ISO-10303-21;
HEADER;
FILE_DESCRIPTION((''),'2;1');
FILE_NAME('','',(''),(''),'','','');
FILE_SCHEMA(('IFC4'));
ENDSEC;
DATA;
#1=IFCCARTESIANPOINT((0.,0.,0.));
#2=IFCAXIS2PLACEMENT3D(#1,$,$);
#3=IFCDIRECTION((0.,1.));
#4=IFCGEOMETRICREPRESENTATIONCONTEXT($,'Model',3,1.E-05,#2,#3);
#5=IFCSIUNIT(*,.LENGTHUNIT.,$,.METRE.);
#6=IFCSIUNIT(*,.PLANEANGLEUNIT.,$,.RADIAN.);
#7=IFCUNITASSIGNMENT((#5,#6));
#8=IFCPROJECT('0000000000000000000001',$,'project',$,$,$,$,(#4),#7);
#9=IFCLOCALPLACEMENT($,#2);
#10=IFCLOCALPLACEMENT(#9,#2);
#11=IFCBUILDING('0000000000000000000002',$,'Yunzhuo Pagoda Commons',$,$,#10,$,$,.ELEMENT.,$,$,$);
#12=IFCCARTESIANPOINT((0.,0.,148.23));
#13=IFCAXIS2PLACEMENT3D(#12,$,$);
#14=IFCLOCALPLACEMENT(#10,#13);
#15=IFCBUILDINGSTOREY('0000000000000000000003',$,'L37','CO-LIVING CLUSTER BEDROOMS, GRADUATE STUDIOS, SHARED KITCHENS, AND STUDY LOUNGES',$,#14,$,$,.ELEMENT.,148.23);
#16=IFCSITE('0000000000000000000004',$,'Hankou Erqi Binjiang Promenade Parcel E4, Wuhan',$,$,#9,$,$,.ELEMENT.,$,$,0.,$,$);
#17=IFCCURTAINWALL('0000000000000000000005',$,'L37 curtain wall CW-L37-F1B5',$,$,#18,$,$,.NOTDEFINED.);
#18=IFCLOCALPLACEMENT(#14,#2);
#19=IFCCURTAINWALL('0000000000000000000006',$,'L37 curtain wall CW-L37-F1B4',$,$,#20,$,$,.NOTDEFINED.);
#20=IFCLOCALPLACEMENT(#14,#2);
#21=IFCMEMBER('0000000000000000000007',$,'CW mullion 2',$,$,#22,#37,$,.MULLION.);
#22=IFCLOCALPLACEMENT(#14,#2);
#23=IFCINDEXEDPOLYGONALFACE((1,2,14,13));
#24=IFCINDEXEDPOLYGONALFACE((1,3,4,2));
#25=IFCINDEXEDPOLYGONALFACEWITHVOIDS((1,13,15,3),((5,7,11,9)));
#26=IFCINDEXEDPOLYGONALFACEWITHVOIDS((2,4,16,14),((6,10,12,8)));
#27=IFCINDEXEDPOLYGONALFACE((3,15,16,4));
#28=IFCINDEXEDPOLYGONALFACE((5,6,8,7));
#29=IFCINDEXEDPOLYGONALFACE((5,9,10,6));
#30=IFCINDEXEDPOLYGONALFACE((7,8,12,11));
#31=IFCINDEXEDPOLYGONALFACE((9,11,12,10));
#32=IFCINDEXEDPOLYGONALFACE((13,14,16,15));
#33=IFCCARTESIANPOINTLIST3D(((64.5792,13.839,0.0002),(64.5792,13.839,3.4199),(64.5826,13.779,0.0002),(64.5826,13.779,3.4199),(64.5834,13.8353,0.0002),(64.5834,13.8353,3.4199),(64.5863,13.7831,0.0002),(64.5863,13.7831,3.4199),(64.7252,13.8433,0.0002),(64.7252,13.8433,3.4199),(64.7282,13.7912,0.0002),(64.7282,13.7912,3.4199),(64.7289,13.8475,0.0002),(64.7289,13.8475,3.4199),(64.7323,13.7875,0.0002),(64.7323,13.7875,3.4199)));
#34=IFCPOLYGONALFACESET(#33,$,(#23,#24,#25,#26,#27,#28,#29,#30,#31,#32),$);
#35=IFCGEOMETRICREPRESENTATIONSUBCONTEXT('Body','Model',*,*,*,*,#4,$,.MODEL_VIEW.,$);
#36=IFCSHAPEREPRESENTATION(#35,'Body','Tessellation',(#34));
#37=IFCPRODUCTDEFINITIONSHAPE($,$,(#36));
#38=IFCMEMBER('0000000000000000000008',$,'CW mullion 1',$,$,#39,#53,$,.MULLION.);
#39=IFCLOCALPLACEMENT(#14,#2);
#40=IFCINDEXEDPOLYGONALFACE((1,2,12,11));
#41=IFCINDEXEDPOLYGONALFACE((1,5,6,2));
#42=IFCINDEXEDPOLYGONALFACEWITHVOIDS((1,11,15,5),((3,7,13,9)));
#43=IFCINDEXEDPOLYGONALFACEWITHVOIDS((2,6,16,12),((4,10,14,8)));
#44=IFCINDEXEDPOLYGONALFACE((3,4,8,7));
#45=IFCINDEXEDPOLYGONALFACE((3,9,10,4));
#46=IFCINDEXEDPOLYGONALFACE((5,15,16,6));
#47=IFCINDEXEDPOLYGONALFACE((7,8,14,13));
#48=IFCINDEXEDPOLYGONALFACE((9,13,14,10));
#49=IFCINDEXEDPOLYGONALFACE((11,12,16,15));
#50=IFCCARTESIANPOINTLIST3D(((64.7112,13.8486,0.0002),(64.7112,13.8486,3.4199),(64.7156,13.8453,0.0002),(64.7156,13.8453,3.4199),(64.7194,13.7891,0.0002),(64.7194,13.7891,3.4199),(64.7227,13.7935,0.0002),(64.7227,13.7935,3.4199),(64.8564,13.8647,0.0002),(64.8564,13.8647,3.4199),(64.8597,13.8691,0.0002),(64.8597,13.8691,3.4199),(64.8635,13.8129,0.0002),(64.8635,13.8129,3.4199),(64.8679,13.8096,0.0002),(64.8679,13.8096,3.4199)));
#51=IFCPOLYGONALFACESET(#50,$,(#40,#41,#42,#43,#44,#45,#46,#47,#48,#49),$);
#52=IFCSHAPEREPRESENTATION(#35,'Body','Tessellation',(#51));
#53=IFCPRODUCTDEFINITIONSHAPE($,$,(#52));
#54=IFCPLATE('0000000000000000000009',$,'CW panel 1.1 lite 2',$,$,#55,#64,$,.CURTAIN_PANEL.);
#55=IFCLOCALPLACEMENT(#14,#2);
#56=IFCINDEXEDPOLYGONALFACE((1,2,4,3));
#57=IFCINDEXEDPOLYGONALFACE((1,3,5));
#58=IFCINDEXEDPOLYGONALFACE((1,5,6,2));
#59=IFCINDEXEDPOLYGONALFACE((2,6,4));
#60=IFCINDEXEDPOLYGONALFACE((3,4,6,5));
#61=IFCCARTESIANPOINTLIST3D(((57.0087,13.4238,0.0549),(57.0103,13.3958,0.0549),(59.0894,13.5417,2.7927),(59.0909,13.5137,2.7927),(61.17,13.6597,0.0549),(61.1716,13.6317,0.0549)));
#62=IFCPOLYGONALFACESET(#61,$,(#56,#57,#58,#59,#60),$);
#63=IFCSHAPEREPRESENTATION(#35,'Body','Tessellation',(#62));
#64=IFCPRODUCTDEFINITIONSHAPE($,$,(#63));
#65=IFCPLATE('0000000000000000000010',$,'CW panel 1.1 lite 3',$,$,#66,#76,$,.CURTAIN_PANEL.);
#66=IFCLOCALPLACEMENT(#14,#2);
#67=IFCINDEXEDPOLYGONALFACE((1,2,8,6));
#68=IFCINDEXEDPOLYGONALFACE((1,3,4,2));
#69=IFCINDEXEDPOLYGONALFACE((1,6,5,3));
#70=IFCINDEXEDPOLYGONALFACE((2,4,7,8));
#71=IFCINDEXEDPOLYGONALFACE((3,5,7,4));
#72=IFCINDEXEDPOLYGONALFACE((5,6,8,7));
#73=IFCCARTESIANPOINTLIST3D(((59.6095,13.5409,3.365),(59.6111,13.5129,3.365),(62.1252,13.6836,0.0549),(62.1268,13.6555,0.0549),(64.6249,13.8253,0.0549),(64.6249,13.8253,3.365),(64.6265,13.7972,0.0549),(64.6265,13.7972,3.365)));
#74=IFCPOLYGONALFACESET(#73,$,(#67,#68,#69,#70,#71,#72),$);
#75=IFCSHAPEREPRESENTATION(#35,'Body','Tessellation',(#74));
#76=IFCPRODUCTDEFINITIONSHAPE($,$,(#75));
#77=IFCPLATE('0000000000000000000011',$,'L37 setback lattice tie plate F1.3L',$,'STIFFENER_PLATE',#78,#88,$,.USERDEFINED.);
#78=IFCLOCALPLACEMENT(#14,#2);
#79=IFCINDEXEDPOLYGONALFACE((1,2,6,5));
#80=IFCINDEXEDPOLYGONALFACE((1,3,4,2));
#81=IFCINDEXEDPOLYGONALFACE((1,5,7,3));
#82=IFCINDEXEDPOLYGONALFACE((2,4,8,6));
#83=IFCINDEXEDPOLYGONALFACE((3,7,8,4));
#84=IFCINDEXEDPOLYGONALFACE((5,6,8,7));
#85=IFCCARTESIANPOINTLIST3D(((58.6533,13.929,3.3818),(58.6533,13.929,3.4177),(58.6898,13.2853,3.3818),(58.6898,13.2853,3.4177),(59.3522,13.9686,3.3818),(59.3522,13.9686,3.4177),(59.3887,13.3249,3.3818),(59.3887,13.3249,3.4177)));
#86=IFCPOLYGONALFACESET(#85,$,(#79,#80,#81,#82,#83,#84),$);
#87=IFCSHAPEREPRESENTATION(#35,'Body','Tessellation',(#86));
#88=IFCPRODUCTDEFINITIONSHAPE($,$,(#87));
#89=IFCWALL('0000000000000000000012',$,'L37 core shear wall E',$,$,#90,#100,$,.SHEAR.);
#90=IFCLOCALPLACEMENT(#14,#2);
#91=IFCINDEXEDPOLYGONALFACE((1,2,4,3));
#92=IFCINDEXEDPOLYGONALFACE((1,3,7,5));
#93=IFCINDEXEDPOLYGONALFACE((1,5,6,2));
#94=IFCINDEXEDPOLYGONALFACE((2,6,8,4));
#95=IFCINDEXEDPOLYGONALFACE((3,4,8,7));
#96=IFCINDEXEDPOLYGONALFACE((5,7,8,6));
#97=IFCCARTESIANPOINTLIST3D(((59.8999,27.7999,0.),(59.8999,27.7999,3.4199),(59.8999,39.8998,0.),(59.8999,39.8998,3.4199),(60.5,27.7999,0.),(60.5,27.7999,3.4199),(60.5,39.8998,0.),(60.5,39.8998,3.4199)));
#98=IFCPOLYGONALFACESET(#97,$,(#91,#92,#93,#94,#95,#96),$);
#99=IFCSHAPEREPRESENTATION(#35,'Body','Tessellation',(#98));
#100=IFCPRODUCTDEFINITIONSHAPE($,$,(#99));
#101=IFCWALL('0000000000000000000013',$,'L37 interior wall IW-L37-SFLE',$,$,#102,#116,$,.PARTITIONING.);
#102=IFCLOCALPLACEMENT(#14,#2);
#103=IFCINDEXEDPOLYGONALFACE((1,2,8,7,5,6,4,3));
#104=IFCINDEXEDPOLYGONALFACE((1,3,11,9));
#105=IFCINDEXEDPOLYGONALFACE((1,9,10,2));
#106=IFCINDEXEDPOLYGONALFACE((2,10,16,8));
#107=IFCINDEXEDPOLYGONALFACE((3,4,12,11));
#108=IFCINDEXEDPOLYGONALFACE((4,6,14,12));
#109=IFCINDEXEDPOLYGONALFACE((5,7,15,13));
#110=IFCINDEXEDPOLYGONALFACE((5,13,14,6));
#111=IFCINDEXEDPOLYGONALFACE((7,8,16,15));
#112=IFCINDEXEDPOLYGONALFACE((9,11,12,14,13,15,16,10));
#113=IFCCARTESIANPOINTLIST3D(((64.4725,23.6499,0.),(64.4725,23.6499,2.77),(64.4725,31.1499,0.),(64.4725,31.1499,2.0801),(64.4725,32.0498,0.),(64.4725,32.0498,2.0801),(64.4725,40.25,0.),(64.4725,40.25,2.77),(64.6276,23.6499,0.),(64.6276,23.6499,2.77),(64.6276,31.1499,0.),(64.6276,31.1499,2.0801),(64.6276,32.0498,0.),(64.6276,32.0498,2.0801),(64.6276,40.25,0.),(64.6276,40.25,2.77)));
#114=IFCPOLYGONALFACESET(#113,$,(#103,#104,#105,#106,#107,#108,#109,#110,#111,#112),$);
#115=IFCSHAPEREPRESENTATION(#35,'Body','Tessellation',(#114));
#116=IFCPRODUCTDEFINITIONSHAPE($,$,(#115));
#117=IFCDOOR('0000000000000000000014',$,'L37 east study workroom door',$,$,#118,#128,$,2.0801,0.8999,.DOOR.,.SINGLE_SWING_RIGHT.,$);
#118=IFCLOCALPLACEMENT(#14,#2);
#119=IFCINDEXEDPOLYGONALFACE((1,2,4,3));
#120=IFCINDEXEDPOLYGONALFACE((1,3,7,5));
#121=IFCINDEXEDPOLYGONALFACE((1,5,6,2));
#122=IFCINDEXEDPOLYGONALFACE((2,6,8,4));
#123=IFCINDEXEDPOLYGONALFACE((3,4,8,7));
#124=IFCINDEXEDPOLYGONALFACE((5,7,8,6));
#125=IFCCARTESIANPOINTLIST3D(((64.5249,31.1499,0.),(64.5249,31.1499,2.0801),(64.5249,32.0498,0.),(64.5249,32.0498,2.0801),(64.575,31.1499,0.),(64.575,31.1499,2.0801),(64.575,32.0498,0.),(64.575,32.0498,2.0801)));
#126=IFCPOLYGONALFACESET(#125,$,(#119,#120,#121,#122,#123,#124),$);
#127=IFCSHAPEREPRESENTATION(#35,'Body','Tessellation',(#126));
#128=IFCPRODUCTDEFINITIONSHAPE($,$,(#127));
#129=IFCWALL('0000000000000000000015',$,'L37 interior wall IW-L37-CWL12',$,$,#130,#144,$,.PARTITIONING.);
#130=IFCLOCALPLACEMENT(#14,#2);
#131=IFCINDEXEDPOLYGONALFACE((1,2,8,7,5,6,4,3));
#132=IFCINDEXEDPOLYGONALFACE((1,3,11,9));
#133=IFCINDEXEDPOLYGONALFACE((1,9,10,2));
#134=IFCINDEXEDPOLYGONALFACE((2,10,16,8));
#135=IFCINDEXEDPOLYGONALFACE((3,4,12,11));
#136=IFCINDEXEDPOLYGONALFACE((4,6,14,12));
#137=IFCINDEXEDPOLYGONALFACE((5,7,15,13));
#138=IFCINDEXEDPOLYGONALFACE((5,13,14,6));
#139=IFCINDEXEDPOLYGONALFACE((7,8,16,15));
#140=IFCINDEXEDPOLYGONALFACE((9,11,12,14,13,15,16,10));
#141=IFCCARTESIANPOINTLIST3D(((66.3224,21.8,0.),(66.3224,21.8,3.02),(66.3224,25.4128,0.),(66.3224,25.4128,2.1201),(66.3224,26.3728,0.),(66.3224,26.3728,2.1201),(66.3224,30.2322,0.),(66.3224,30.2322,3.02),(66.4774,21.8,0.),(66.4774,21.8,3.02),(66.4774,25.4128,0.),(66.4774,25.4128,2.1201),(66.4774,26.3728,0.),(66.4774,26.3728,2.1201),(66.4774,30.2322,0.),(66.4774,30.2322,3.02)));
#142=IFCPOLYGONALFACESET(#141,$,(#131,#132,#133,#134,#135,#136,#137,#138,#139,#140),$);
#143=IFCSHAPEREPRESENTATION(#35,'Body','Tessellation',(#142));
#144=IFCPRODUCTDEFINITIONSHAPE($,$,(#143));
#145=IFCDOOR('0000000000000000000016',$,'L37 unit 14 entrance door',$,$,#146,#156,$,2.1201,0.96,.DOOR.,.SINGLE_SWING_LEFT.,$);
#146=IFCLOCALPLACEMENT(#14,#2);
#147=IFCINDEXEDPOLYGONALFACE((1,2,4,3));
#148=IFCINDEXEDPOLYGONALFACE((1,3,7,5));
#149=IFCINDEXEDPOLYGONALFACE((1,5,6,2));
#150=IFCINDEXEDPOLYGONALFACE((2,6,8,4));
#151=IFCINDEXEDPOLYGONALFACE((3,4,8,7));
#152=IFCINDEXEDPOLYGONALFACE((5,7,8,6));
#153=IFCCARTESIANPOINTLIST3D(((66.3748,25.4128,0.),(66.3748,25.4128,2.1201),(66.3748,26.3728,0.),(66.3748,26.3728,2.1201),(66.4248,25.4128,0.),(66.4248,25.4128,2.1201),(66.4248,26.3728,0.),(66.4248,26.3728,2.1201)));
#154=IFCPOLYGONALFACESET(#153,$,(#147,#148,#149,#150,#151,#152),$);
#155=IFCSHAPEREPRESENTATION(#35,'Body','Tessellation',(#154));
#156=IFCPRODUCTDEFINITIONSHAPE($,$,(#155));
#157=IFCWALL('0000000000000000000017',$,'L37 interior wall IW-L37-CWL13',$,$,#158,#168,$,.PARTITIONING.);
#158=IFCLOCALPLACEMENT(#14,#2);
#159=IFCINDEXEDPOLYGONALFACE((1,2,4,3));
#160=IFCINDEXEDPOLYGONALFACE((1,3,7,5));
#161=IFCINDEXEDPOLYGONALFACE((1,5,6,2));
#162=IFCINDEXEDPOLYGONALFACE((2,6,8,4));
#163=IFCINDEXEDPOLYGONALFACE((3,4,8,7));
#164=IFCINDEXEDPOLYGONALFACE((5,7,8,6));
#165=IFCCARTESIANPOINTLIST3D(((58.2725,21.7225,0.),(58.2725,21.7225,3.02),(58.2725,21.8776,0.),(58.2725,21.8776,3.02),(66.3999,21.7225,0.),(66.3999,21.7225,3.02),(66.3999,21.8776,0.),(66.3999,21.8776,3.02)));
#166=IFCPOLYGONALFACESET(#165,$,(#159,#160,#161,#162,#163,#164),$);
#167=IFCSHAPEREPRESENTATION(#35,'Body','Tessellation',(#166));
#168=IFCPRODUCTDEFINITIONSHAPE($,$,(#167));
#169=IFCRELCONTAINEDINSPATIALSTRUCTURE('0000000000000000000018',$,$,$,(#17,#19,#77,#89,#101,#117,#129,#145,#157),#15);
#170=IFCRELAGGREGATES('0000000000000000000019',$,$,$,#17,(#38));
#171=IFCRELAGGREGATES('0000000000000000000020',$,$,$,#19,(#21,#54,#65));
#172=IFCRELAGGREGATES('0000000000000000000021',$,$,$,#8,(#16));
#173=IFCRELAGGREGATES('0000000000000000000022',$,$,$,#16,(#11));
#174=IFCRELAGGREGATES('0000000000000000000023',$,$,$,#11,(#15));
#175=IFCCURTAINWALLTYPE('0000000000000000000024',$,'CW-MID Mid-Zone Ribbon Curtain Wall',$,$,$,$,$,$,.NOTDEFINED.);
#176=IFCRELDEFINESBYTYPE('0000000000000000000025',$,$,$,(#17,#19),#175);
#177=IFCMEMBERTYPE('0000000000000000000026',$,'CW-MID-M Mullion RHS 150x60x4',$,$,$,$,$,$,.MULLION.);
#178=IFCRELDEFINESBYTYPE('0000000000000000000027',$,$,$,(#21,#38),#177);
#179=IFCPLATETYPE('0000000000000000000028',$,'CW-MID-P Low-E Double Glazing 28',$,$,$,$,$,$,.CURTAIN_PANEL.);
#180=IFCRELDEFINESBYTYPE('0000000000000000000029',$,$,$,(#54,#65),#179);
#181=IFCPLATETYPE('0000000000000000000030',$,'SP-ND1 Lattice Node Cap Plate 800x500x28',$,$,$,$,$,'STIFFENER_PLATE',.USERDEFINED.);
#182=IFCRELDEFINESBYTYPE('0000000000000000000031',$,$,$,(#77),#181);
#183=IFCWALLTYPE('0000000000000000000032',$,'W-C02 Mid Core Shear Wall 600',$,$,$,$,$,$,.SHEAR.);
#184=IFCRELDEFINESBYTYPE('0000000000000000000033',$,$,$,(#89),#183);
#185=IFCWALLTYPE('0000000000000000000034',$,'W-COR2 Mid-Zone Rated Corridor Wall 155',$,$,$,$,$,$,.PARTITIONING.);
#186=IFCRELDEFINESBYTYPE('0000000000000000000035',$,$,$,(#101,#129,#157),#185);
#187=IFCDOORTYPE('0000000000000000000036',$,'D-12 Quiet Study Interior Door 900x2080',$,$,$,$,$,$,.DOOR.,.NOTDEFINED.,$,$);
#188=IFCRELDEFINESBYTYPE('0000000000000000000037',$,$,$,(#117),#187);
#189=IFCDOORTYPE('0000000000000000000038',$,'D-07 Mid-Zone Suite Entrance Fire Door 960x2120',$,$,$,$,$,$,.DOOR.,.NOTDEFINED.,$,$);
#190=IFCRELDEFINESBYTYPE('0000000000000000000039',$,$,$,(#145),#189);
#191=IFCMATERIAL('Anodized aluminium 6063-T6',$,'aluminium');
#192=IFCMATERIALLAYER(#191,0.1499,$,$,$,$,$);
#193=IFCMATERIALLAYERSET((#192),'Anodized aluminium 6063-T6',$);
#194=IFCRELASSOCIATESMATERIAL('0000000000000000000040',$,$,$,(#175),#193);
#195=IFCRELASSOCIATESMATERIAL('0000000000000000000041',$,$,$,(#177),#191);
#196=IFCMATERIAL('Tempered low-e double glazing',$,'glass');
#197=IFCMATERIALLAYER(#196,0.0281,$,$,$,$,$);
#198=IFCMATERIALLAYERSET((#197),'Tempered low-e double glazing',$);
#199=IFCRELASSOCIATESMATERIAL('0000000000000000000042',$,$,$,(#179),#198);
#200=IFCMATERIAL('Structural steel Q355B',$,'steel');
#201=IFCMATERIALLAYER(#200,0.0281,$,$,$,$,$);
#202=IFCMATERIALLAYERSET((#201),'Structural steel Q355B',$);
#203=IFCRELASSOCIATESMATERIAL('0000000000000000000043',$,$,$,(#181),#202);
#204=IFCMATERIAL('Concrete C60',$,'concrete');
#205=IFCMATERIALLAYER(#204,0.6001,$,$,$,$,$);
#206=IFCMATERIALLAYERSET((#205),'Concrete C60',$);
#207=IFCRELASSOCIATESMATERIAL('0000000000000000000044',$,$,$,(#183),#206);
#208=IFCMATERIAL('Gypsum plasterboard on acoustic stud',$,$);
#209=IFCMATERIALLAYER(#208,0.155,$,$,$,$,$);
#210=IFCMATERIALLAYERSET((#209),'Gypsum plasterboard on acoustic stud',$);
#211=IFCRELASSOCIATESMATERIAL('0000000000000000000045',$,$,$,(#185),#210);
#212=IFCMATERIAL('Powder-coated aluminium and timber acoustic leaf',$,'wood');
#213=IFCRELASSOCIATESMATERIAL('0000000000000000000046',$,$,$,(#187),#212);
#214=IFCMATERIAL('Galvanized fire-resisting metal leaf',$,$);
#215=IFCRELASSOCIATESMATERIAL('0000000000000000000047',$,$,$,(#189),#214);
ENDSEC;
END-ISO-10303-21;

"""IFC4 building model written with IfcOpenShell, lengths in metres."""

from ifc_helpers import new_model, si_unit, direction, frame, frame_2d, origin, origin_with_axes, origin_2d, place, context, subcontext, project, spatial, polyline, rectangle, hollow_rectangle, outline, extrude, source, transform, mapped, material, layer, layer_set, material_profile, profile_set, type_object, element, fill, aggregate, save


model = new_model("IFC4")

# Units and contexts
model_context = context("Model", 3, precision=1e-05, world=origin(), true_north=direction((0.0, 1.0)))
body_context = subcontext(model_context, "Body", "Model", "MODEL_VIEW")
ifc_project = project(units=[si_unit("LENGTHUNIT", "METRE"), si_unit("PLANEANGLEUNIT", "RADIAN")], contexts=[model_context])

# Site, building, storey
site_placement = place(None, origin())
site = spatial("IfcSite", under=ifc_project, at=site_placement, Name="Hankou Erqi Binjiang Promenade Parcel E4, Wuhan", CompositionType="ELEMENT", RefElevation=0.0)
building_placement = place(site_placement, origin())
building = spatial("IfcBuilding", under=site, at=building_placement, Name="Yunzhuo Pagoda Commons", CompositionType="ELEMENT")
storey_placement = place(building_placement, frame((0.0, 0.0, 148.23)))
storey = spatial("IfcBuildingStorey", under=building, at=storey_placement, Name="L37", Description="CO-LIVING CLUSTER BEDROOMS, GRADUATE STUDIOS, SHARED KITCHENS, AND STUDY LOUNGES", CompositionType="ELEMENT", Elevation=148.23)

# Shared definitions
ifc_material_1 = material(Name="Structural steel Q355B", Category="steel")

# Curtain wall
ifc_material_2 = material(Name="Anodized aluminium 6063-T6", Category="aluminium")
ifc_layer_1 = layer(ifc_material_2, 0.1499)
ifc_layer_set_1 = layer_set([ifc_layer_1], Name="Anodized aluminium 6063-T6")
curtain_wall_type = type_object("IfcCurtainWallType", Name="CW-MID Mid-Zone Ribbon Curtain Wall", PredefinedType="NOTDEFINED", material=ifc_layer_set_1)
curtain_wall_1_placement = place(storey_placement, origin())
curtain_wall_1 = element("IfcCurtainWall", 1, at=curtain_wall_1_placement, inside=storey, type_object=curtain_wall_type, Name="L37 curtain wall CW-L37-F1B5", PredefinedType="NOTDEFINED")

# Curtain wall, member
curtain_wall_2_placement = place(storey_placement, origin())
curtain_wall_2 = element("IfcCurtainWall", 2, at=curtain_wall_2_placement, inside=storey, type_object=curtain_wall_type, Name="L37 curtain wall CW-L37-F1B4", PredefinedType="NOTDEFINED")
ifc_material_profile_1 = material_profile(ifc_material_2, hollow_rectangle(XDim=0.0601, YDim=0.1499, WallThickness=0.0039, at=origin_2d()), Name="Anodized aluminium 6063-T6")
ifc_profile_set_1 = profile_set([ifc_material_profile_1], Name="Anodized aluminium 6063-T6")
member_type_1 = type_object("IfcMemberType", Name="CW-MID-M Mullion RHS 150x60x4", PredefinedType="MULLION", material=ifc_profile_set_1)
shared_shape_1 = source(origin(), body_context, "Body", "SweptSolid", [
    extrude(hollow_rectangle(XDim=0.0601, YDim=0.1499, WallThickness=0.0039, at=origin_2d()), origin(), (0.0, 0.0, 1.0), 3.4197),
])
member_1_placement = place(storey_placement, frame((64.6558, 13.8132, 0.0002), z_axis=(0.0, 0.0, 1.0), x_axis=(-0.056597, 0.998397, 0.0)))
member_1 = element("IfcMember", 3, at=member_1_placement, type_object=member_type_1, Name="CW mullion 2", PredefinedType="MULLION", context=body_context, shape_type="MappedRepresentation", body=[
    mapped(shared_shape_1, transform((0.0, 0.0, 0.0), scale=1.0)),
])

# Member
member_2_placement = place(storey_placement, frame((64.7896, 13.8291, 0.0002), z_axis=(0.0, 0.0, 1.0), x_axis=(-0.136221, 0.990679, 0.0)))
member_2 = element("IfcMember", 4, at=member_2_placement, type_object=member_type_1, Name="CW mullion 1", PredefinedType="MULLION", context=body_context, shape_type="MappedRepresentation", body=[
    mapped(shared_shape_1, transform((0.0, 0.0, 0.0), scale=1.0)),
])
aggregate(curtain_wall_1, [member_2])

# Plates
ifc_material_3 = material(Name="Tempered low-e double glazing", Category="glass")
ifc_layer_2 = layer(ifc_material_3, 0.0281)
ifc_layer_set_2 = layer_set([ifc_layer_2], Name="Tempered low-e double glazing")
plate_type_1 = type_object("IfcPlateType", Name="CW-MID-P Low-E Double Glazing 28", PredefinedType="CURTAIN_PANEL", material=ifc_layer_set_2)
plate_1_placement = place(storey_placement, frame((59.0894, 13.5417, 1.4238), z_axis=(0.056597, -0.998397, 0.0), x_axis=(0.998397, 0.056597, 0.0)))
plate_1 = element("IfcPlate", 5, at=plate_1_placement, type_object=plate_type_1, Name="CW panel 1.1 lite 2", PredefinedType="CURTAIN_PANEL", context=body_context, shape_type="SweptSolid", body=[
    extrude(outline(polyline([(-2.084, -1.3689), (2.084, -1.3689), (0.0, 1.3689), (-2.084, -1.3689)])), origin(), (0.0, 0.0, 1.0), 0.0281),
])
plate_2_placement = place(storey_placement, frame((62.1172, 13.6831, 1.71), z_axis=(0.056597, -0.998397, 0.0), x_axis=(0.998397, 0.056597, 0.0)))
plate_2 = element("IfcPlate", 6, at=plate_2_placement, type_object=plate_type_1, Name="CW panel 1.1 lite 3", PredefinedType="CURTAIN_PANEL", context=body_context, shape_type="SweptSolid", body=[
    extrude(outline(polyline([(-2.5117, 1.655), (0.0081, -1.655), (2.5117, -1.655), (2.5117, 1.655), (-2.5117, 1.655)])), origin(), (0.0, 0.0, 1.0), 0.0281),
])
aggregate(curtain_wall_2, [member_1, plate_1, plate_2])
ifc_layer_3 = layer(ifc_material_1, 0.0281)
ifc_layer_set_3 = layer_set([ifc_layer_3], Name="Structural steel Q355B")
plate_type_2 = type_object("IfcPlateType", Name="SP-ND1 Lattice Node Cap Plate 800x500x28", ElementType="STIFFENER_PLATE", PredefinedType="USERDEFINED", material=ifc_layer_set_3)
shared_shape_2 = source(origin(), body_context, "Body", "SweptSolid", [
    extrude(rectangle(XDim=0.7, YDim=0.6448, at=origin_2d()), origin(), (0.0, 0.0, 1.0), 0.0359),
])
plate_3_placement = place(storey_placement, frame((59.021, 13.627, 3.3818), z_axis=(0.0, 0.0, 1.0), x_axis=(0.998397, 0.056606, 0.0)))
element("IfcPlate", 7, at=plate_3_placement, inside=storey, type_object=plate_type_2, Name="L37 setback lattice tie plate F1.3L", ObjectType="STIFFENER_PLATE", PredefinedType="USERDEFINED", context=body_context, shape_type="MappedRepresentation", body=[
    mapped(shared_shape_2, transform((0.0, 0.0, 0.0), scale=1.0)),
])

# Wall
ifc_material_4 = material(Name="Concrete C60", Category="concrete")
ifc_layer_4 = layer(ifc_material_4, 0.6001)
ifc_layer_set_4 = layer_set([ifc_layer_4], Name="Concrete C60")
wall_type_1 = type_object("IfcWallType", Name="W-C02 Mid Core Shear Wall 600", PredefinedType="SHEAR", material=ifc_layer_set_4)
wall_1_placement = place(storey_placement, frame((60.2, 27.8, 0.0), z_axis=(0.0, 0.0, 1.0), x_axis=(0.0, 1.0, 0.0)))
element("IfcWall", 8, at=wall_1_placement, inside=storey, type_object=wall_type_1, Name="L37 core shear wall E", PredefinedType="SHEAR", context=body_context, shape_type="SweptSolid", body=[
    extrude(rectangle(XDim=12.0999, YDim=0.6001, at=frame_2d((6.0498, 0.0))), origin(), (0.0, 0.0, 1.0), 3.4199),
])

# Walls, openings, doors
ifc_material_5 = material(Name="Gypsum plasterboard on acoustic stud")
ifc_layer_5 = layer(ifc_material_5, 0.155)
ifc_layer_set_5 = layer_set([ifc_layer_5], Name="Gypsum plasterboard on acoustic stud")
wall_type_2 = type_object("IfcWallType", Name="W-COR2 Mid-Zone Rated Corridor Wall 155", PredefinedType="PARTITIONING", material=ifc_layer_set_5)
wall_2_placement = place(storey_placement, frame((64.55, 23.6499, 0.0), z_axis=(0.0, 0.0, 1.0), x_axis=(0.0, 1.0, 0.0)))
wall_2 = element("IfcWall", 9, at=wall_2_placement, inside=storey, type_object=wall_type_2, Name="L37 interior wall IW-L37-SFLE", PredefinedType="PARTITIONING", context=body_context, shape_type="SweptSolid", body=[
    extrude(rectangle(XDim=16.6001, YDim=0.155, at=frame_2d((8.3, 0.0))), origin(), (0.0, 0.0, 1.0), 2.77),
])
opening_1_placement = place(wall_2_placement, frame((7.5, 0.0, 0.0)))
opening_1 = element("IfcOpeningElement", 10, at=opening_1_placement, cuts=wall_2, PredefinedType="OPENING", context=body_context, shape_type="SweptSolid", body=[
    extrude(rectangle(XDim=0.8999, YDim=2.0801, at=frame_2d((0.45, 1.04))), frame((0.0, 0.0874, 0.0), z_axis=(0.0, -1.0, 0.0), x_axis=(1.0, 0.0, 0.0)), (0.0, 0.0, 1.0), 0.175),
])
ifc_material_6 = material(Name="Powder-coated aluminium and timber acoustic leaf", Category="wood")
door_type_1 = type_object("IfcDoorType", Name="D-12 Quiet Study Interior Door 900x2080", OperationType="NOTDEFINED", PredefinedType="DOOR", material=ifc_material_6)
shared_shape_3 = source(origin(), body_context, "Body", "SweptSolid", [
    extrude(rectangle(XDim=0.8999, YDim=2.0801, at=frame_2d((0.45, 1.04))), frame((0.0, 0.0249, 0.0), z_axis=(0.0, -1.0, 0.0), x_axis=(1.0, 0.0, 0.0)), (0.0, 0.0, 1.0), 0.05),
])
door_1_placement = place(opening_1_placement, frame((0.8999, 0.0, 0.0), z_axis=(0.0, 0.0, 1.0), x_axis=(-1.0, 0.0, 0.0)))
door_1 = element("IfcDoor", 11, at=door_1_placement, inside=storey, type_object=door_type_1, Name="L37 east study workroom door", OperationType="SINGLE_SWING_RIGHT", OverallHeight=2.0801, OverallWidth=0.8999, PredefinedType="DOOR", context=body_context, shape_type="MappedRepresentation", body=[
    mapped(shared_shape_3, transform((0.0, 0.0, 0.0), scale=1.0)),
])
fill(opening_1, door_1)
wall_3_placement = place(storey_placement, frame((66.3999, 30.2322, 0.0), z_axis=(0.0, 0.0, 1.0), x_axis=(0.0, -1.0, 0.0)))
wall_3 = element("IfcWall", 12, at=wall_3_placement, inside=storey, type_object=wall_type_2, Name="L37 interior wall IW-L37-CWL12", PredefinedType="PARTITIONING", context=body_context, shape_type="SweptSolid", body=[
    extrude(rectangle(XDim=8.4321, YDim=0.155, at=frame_2d((4.2161, 0.0))), origin(), (0.0, 0.0, 1.0), 3.02),
])
opening_2_placement = place(wall_3_placement, frame((3.8594, 0.0, 0.0)))
opening_2 = element("IfcOpeningElement", 13, at=opening_2_placement, cuts=wall_3, PredefinedType="OPENING", context=body_context, shape_type="SweptSolid", body=[
    extrude(rectangle(XDim=0.96, YDim=2.1201, at=frame_2d((0.48, 1.0601))), frame((0.0, 0.0874, 0.0), z_axis=(0.0, -1.0, 0.0), x_axis=(1.0, 0.0, 0.0)), (0.0, 0.0, 1.0), 0.175),
])
ifc_material_7 = material(Name="Galvanized fire-resisting metal leaf")
door_type_2 = type_object("IfcDoorType", Name="D-07 Mid-Zone Suite Entrance Fire Door 960x2120", OperationType="NOTDEFINED", PredefinedType="DOOR", material=ifc_material_7)
shared_shape_4 = source(origin(), body_context, "Body", "SweptSolid", [
    extrude(rectangle(XDim=0.96, YDim=2.1201, at=frame_2d((0.48, 1.0601))), frame((0.0, 0.0249, 0.0), z_axis=(0.0, -1.0, 0.0), x_axis=(1.0, 0.0, 0.0)), (0.0, 0.0, 1.0), 0.05),
])
door_2_placement = place(opening_2_placement, origin_with_axes())
door_2 = element("IfcDoor", 14, at=door_2_placement, inside=storey, type_object=door_type_2, Name="L37 unit 14 entrance door", OperationType="SINGLE_SWING_LEFT", OverallHeight=2.1201, OverallWidth=0.96, PredefinedType="DOOR", context=body_context, shape_type="MappedRepresentation", body=[
    mapped(shared_shape_4, transform((0.0, 0.0, 0.0), scale=1.0)),
])
fill(opening_2, door_2)

# Wall
wall_4_placement = place(storey_placement, frame((66.3999, 21.8, 0.0), z_axis=(0.0, 0.0, 1.0), x_axis=(-1.0, 0.0, 0.0)))
element("IfcWall", 15, at=wall_4_placement, inside=storey, type_object=wall_type_2, Name="L37 interior wall IW-L37-CWL13", PredefinedType="PARTITIONING", context=body_context, shape_type="SweptSolid", body=[
    extrude(rectangle(XDim=8.1274, YDim=0.155, at=frame_2d((4.0637, 0.0))), origin(), (0.0, 0.0, 1.0), 3.02),
])

save(model, "model.ifc")
